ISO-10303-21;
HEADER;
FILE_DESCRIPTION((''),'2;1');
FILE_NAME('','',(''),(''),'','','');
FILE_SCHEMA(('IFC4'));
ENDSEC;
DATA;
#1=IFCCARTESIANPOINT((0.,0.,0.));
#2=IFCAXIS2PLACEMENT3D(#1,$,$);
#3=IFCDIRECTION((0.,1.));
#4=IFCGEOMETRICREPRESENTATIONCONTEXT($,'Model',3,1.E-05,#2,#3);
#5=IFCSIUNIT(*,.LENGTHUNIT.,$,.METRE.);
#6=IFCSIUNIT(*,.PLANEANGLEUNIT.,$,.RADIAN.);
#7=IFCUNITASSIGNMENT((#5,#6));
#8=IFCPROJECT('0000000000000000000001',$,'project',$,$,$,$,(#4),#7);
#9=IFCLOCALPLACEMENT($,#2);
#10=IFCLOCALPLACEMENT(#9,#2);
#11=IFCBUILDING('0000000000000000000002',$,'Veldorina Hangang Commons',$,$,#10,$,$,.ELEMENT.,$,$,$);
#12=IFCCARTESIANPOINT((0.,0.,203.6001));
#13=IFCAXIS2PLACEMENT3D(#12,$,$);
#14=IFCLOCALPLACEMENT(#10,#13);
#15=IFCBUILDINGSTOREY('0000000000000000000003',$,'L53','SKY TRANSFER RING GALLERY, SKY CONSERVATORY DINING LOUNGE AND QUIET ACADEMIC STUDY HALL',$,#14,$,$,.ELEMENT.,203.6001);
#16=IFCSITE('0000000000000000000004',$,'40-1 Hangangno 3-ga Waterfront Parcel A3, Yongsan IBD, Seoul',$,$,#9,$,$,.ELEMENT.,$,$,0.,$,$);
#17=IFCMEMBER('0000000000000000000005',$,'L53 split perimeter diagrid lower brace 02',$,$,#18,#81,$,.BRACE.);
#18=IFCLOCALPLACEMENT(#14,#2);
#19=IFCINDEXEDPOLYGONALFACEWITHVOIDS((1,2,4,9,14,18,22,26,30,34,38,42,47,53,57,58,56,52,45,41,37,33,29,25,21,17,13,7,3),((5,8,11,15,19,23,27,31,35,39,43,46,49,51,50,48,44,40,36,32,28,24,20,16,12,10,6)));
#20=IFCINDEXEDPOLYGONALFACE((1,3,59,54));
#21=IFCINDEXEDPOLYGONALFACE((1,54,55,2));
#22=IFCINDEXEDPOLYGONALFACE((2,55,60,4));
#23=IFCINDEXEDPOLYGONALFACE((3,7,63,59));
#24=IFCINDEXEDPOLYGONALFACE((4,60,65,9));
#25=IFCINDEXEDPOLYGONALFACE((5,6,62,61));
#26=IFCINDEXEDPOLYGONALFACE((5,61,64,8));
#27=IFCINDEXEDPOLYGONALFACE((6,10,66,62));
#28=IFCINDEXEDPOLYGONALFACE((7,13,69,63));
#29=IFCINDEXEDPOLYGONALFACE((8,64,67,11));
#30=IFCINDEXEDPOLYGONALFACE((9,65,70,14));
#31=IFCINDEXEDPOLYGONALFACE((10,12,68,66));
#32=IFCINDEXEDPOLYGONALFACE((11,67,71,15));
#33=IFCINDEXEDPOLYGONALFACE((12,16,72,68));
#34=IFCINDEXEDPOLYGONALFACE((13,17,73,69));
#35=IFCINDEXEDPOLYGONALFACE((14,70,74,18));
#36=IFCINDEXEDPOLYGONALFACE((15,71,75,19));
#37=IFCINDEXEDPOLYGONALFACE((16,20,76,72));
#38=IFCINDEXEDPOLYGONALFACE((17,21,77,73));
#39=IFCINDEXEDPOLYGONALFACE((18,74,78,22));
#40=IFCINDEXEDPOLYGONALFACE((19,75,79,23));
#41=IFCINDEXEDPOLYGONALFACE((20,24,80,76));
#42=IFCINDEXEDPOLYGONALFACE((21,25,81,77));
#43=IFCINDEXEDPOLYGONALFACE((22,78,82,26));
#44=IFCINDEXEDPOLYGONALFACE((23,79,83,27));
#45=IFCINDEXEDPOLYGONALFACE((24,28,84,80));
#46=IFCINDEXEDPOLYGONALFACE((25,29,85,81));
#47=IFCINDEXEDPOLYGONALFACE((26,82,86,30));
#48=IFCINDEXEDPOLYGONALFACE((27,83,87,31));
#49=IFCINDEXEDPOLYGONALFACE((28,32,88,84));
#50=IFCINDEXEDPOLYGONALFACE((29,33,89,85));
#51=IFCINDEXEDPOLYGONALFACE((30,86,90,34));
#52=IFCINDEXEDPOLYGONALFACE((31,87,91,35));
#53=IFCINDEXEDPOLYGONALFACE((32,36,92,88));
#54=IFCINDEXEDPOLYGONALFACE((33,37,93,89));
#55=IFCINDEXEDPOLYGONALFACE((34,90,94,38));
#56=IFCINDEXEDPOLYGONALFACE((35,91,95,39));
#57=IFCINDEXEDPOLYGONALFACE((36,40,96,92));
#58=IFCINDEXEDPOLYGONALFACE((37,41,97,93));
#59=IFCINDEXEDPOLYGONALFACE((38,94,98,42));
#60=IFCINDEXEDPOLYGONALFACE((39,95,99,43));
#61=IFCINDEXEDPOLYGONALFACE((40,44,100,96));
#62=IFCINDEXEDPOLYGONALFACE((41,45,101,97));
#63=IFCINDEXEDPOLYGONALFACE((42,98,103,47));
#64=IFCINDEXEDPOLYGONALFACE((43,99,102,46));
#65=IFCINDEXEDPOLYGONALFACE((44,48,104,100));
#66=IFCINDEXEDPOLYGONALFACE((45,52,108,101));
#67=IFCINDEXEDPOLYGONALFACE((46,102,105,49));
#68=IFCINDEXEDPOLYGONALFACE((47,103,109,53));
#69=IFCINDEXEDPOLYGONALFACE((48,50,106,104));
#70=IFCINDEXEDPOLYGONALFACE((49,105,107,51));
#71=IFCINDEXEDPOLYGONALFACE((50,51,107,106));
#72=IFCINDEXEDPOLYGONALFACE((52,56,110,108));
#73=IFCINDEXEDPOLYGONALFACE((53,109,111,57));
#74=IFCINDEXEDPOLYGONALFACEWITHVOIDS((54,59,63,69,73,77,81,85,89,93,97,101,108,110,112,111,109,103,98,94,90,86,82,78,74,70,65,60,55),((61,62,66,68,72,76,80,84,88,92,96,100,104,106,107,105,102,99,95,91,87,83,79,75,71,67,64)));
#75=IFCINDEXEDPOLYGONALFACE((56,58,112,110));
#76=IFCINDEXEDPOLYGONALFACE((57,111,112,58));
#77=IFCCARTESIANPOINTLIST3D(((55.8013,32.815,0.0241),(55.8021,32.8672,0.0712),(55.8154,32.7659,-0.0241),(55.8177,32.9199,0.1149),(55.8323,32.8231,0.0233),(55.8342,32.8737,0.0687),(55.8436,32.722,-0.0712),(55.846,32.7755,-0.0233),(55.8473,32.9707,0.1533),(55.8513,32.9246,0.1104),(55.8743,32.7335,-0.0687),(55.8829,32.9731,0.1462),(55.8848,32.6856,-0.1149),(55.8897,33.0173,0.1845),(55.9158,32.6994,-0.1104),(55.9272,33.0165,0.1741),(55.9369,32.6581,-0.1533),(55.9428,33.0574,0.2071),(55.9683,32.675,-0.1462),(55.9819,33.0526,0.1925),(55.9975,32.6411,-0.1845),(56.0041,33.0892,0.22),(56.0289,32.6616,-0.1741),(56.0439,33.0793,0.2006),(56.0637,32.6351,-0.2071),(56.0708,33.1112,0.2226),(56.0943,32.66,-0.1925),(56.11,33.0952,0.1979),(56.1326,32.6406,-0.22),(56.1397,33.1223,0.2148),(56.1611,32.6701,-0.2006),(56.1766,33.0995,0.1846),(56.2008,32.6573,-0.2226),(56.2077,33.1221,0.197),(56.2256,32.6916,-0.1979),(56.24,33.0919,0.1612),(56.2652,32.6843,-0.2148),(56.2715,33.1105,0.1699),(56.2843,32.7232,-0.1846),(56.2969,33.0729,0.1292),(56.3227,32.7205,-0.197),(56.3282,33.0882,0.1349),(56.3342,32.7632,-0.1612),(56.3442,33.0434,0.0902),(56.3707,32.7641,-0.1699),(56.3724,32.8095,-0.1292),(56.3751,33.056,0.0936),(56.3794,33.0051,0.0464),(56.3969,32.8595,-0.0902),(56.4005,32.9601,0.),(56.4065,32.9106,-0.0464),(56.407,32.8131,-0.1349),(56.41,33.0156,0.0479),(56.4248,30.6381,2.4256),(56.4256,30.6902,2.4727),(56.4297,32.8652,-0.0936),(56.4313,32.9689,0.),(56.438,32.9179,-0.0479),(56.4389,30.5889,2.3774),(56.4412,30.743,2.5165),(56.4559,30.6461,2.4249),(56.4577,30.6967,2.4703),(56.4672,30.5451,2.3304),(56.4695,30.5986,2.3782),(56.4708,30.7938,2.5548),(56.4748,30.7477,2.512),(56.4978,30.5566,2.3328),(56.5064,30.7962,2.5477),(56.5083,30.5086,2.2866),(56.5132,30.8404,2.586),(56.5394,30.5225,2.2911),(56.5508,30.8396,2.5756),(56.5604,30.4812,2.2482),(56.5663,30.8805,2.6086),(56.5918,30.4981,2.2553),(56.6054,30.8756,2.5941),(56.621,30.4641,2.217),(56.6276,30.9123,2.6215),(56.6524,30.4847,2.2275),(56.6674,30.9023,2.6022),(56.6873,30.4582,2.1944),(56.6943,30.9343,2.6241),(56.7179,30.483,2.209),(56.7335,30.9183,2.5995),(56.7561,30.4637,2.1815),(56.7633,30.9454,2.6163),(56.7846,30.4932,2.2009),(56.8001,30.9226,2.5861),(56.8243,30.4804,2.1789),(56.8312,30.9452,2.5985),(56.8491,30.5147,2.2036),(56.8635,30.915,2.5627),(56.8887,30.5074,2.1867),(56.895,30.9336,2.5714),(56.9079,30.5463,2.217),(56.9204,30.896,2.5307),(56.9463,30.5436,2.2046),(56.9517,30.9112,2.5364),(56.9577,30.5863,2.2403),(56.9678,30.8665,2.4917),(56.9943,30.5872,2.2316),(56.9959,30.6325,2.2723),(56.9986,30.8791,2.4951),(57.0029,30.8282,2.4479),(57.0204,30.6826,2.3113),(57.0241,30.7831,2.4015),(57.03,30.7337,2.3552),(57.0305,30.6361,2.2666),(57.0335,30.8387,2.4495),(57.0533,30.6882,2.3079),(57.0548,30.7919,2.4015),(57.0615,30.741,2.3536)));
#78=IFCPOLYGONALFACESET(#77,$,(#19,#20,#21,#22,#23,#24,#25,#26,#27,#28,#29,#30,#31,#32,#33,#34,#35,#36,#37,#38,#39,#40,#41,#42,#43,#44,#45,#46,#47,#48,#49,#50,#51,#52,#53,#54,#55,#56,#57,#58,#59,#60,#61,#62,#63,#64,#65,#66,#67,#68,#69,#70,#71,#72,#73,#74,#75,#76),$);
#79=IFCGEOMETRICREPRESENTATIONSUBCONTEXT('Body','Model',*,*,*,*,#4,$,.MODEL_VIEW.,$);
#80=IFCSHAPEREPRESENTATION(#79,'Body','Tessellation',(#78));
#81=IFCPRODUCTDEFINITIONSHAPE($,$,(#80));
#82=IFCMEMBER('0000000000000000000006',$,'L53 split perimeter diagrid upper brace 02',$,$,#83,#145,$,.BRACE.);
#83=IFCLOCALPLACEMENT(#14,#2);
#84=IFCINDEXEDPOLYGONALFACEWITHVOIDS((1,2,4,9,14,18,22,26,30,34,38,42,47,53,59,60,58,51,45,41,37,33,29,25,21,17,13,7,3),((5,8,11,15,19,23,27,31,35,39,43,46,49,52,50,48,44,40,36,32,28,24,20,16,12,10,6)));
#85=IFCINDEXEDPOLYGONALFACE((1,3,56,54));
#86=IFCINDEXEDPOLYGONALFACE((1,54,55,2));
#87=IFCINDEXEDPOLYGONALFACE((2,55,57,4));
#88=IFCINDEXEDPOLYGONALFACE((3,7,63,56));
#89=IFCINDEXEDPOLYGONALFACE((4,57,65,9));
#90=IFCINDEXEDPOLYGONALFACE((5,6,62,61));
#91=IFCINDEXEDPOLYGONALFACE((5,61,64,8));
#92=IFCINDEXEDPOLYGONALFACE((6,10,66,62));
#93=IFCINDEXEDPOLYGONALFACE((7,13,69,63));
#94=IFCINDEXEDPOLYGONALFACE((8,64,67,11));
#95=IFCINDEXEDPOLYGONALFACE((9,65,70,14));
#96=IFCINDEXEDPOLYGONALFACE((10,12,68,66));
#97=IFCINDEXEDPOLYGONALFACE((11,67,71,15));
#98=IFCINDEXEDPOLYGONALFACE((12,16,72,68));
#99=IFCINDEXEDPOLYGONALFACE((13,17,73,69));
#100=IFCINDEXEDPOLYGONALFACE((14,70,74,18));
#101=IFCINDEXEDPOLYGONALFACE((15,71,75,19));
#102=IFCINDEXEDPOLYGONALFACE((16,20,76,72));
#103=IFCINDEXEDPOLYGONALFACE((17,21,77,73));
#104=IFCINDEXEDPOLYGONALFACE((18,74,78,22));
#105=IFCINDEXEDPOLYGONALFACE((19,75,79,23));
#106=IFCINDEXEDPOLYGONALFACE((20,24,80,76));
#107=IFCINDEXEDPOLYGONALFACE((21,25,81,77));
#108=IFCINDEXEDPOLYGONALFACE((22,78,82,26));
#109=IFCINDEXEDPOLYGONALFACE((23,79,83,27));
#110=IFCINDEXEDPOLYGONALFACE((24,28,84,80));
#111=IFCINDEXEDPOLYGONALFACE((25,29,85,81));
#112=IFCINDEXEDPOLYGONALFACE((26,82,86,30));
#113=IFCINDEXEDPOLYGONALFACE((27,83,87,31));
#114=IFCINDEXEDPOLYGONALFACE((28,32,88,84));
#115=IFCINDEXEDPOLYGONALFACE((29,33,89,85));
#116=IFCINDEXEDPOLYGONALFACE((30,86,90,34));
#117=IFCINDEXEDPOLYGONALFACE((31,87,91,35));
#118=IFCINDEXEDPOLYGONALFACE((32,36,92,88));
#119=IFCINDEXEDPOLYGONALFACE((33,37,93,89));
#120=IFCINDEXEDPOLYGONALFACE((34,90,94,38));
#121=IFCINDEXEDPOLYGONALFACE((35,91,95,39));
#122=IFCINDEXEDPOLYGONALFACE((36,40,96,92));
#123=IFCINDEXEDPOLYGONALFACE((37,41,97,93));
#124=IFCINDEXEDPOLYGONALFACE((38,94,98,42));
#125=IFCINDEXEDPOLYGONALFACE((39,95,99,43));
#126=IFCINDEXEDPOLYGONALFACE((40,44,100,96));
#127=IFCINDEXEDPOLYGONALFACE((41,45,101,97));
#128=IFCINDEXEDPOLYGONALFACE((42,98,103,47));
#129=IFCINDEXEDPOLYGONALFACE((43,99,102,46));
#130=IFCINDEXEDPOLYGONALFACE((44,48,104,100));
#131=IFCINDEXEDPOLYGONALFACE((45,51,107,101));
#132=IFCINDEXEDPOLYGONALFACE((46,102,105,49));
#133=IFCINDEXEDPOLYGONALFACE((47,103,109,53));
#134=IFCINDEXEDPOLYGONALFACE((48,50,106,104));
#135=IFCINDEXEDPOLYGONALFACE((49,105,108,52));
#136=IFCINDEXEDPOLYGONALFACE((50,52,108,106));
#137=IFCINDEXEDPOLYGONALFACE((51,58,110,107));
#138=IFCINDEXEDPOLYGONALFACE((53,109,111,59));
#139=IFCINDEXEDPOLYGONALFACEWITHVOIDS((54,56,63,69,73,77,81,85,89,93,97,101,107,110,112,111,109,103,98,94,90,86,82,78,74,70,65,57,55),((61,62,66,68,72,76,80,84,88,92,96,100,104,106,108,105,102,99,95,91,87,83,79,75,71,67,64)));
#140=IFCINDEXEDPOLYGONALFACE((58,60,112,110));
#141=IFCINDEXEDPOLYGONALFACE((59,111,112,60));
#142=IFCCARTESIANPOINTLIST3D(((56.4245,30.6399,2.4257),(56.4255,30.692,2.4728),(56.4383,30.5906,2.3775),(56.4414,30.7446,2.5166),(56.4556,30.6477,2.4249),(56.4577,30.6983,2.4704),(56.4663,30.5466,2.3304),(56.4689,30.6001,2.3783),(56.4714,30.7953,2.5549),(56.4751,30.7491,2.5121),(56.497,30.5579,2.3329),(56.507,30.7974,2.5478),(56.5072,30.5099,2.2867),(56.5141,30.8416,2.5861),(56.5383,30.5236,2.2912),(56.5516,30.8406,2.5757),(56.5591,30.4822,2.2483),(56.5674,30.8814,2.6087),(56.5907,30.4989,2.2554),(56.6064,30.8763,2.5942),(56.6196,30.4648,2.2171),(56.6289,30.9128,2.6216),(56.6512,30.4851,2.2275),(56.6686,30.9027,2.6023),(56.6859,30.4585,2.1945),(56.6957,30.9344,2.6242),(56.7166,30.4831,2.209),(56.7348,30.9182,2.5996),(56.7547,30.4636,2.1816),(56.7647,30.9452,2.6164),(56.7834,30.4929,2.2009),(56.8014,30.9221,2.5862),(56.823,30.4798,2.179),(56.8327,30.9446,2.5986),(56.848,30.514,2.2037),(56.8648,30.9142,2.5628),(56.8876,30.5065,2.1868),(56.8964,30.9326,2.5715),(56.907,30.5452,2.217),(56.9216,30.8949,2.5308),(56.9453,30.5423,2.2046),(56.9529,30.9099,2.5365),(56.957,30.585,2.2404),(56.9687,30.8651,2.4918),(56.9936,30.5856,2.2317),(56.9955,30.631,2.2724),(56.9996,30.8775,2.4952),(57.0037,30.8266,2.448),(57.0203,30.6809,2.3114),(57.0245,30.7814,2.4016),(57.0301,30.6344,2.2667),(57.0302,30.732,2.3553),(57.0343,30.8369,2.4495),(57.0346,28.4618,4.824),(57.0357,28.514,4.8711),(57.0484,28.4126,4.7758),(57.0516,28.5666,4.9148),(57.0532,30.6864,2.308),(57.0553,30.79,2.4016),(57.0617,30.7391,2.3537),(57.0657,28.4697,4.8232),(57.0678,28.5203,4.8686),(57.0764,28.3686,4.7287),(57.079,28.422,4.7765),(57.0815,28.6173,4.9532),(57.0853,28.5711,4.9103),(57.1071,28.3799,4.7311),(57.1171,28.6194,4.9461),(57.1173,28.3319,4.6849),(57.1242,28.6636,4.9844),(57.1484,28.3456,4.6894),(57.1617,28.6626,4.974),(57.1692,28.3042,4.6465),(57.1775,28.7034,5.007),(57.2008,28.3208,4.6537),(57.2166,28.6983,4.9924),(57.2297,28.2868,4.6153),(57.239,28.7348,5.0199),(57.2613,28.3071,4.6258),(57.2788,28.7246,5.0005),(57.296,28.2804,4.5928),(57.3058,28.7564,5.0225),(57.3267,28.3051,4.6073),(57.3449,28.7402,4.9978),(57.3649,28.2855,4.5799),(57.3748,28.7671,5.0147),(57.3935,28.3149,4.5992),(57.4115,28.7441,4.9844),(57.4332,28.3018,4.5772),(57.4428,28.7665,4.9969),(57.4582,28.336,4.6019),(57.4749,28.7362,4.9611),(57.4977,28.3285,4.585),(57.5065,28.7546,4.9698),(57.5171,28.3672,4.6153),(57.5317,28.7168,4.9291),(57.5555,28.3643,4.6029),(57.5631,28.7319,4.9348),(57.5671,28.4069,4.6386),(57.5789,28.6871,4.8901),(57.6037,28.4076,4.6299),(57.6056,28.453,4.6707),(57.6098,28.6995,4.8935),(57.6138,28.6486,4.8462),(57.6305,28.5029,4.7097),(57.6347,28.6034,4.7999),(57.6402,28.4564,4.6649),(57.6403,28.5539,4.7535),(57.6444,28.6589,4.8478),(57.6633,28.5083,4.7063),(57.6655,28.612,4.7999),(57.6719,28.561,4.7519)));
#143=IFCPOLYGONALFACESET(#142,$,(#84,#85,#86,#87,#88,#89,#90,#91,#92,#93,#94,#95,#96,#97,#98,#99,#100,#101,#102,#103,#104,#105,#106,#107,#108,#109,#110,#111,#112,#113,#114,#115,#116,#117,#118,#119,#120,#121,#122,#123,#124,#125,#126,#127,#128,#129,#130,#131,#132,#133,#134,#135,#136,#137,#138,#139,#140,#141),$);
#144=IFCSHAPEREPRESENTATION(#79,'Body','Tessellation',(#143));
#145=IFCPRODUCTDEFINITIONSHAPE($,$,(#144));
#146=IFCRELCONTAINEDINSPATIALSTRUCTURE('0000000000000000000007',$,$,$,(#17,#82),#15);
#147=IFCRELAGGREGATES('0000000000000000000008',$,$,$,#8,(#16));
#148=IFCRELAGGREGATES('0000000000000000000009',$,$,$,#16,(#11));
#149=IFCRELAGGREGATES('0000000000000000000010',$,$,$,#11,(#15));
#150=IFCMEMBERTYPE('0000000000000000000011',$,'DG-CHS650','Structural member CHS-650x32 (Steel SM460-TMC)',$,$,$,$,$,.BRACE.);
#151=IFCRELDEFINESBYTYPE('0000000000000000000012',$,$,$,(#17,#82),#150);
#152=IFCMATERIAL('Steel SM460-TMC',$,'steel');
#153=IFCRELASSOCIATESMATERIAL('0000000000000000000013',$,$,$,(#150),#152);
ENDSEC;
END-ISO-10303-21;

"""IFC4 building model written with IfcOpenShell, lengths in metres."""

from ifc_helpers import new_model, si_unit, direction, frame, origin, origin_2d, place, context, subcontext, project, spatial, hollow_circle, extrude, material, material_profile, profile_set, type_object, element, save


model = new_model("IFC4")

# Units and contexts
model_context = context("Model", 3, precision=1e-05, world=origin(), true_north=direction((0.0, 1.0)))
body_context = subcontext(model_context, "Body", "Model", "MODEL_VIEW")
ifc_project = project(units=[si_unit("LENGTHUNIT", "METRE"), si_unit("PLANEANGLEUNIT", "RADIAN")], contexts=[model_context])

# Site, building, storey
site_placement = place(None, origin())
site = spatial("IfcSite", under=ifc_project, at=site_placement, Name="40-1 Hangangno 3-ga Waterfront Parcel A3, Yongsan IBD, Seoul", CompositionType="ELEMENT", RefElevation=0.0)
building_placement = place(site_placement, origin())
building = spatial("IfcBuilding", under=site, at=building_placement, Name="Veldorina Hangang Commons", CompositionType="ELEMENT")
storey_placement = place(building_placement, frame((0.0, 0.0, 203.6001)))
storey = spatial("IfcBuildingStorey", under=building, at=storey_placement, Name="L53", Description="SKY TRANSFER RING GALLERY, SKY CONSERVATORY DINING LOUNGE AND QUIET ACADEMIC STUDY HALL", CompositionType="ELEMENT", Elevation=203.6001)

# Members
ifc_material_1 = material(Name="Steel SM460-TMC", Category="steel")
ifc_material_profile_1 = material_profile(ifc_material_1, hollow_circle(Radius=0.325, WallThickness=0.032, at=origin_2d()), Name="CHS-650x32")
ifc_profile_set_1 = profile_set([ifc_material_profile_1], Name="Steel SM460-TMC")
member_type_1 = type_object("IfcMemberType", Name="DG-CHS650", Description="Structural member CHS-650x32 (Steel SM460-TMC)", PredefinedType="BRACE", material=ifc_profile_set_1)
member_1_placement = place(storey_placement, frame((56.1189, 32.8794, 0.0), z_axis=(0.188899, -0.65952, 0.727565), x_axis=(0.961345, 0.275348, 0.0)))
element("IfcMember", 1, at=member_1_placement, inside=storey, type_object=member_type_1, Name="L53 split perimeter diagrid lower brace 02", PredefinedType="BRACE", context=body_context, shape_type="SweptSolid", body=[
    extrude(hollow_circle(Radius=0.325, WallThickness=0.032, at=origin_2d()), origin(), (0.0, 0.0, 1.0), 3.3008),
])
member_2_placement = place(storey_placement, frame((56.7424, 30.7024, 2.4016), z_axis=(0.185075, -0.660687, 0.727489), x_axis=(0.962933, 0.269742, 0.0)))
element("IfcMember", 2, at=member_2_placement, inside=storey, type_object=member_type_1, Name="L53 split perimeter diagrid upper brace 02", PredefinedType="BRACE", context=body_context, shape_type="SweptSolid", body=[
    extrude(hollow_circle(Radius=0.325, WallThickness=0.032, at=origin_2d()), origin(), (0.0, 0.0, 1.0), 3.2966),
])

save(model, "model.ifc")
